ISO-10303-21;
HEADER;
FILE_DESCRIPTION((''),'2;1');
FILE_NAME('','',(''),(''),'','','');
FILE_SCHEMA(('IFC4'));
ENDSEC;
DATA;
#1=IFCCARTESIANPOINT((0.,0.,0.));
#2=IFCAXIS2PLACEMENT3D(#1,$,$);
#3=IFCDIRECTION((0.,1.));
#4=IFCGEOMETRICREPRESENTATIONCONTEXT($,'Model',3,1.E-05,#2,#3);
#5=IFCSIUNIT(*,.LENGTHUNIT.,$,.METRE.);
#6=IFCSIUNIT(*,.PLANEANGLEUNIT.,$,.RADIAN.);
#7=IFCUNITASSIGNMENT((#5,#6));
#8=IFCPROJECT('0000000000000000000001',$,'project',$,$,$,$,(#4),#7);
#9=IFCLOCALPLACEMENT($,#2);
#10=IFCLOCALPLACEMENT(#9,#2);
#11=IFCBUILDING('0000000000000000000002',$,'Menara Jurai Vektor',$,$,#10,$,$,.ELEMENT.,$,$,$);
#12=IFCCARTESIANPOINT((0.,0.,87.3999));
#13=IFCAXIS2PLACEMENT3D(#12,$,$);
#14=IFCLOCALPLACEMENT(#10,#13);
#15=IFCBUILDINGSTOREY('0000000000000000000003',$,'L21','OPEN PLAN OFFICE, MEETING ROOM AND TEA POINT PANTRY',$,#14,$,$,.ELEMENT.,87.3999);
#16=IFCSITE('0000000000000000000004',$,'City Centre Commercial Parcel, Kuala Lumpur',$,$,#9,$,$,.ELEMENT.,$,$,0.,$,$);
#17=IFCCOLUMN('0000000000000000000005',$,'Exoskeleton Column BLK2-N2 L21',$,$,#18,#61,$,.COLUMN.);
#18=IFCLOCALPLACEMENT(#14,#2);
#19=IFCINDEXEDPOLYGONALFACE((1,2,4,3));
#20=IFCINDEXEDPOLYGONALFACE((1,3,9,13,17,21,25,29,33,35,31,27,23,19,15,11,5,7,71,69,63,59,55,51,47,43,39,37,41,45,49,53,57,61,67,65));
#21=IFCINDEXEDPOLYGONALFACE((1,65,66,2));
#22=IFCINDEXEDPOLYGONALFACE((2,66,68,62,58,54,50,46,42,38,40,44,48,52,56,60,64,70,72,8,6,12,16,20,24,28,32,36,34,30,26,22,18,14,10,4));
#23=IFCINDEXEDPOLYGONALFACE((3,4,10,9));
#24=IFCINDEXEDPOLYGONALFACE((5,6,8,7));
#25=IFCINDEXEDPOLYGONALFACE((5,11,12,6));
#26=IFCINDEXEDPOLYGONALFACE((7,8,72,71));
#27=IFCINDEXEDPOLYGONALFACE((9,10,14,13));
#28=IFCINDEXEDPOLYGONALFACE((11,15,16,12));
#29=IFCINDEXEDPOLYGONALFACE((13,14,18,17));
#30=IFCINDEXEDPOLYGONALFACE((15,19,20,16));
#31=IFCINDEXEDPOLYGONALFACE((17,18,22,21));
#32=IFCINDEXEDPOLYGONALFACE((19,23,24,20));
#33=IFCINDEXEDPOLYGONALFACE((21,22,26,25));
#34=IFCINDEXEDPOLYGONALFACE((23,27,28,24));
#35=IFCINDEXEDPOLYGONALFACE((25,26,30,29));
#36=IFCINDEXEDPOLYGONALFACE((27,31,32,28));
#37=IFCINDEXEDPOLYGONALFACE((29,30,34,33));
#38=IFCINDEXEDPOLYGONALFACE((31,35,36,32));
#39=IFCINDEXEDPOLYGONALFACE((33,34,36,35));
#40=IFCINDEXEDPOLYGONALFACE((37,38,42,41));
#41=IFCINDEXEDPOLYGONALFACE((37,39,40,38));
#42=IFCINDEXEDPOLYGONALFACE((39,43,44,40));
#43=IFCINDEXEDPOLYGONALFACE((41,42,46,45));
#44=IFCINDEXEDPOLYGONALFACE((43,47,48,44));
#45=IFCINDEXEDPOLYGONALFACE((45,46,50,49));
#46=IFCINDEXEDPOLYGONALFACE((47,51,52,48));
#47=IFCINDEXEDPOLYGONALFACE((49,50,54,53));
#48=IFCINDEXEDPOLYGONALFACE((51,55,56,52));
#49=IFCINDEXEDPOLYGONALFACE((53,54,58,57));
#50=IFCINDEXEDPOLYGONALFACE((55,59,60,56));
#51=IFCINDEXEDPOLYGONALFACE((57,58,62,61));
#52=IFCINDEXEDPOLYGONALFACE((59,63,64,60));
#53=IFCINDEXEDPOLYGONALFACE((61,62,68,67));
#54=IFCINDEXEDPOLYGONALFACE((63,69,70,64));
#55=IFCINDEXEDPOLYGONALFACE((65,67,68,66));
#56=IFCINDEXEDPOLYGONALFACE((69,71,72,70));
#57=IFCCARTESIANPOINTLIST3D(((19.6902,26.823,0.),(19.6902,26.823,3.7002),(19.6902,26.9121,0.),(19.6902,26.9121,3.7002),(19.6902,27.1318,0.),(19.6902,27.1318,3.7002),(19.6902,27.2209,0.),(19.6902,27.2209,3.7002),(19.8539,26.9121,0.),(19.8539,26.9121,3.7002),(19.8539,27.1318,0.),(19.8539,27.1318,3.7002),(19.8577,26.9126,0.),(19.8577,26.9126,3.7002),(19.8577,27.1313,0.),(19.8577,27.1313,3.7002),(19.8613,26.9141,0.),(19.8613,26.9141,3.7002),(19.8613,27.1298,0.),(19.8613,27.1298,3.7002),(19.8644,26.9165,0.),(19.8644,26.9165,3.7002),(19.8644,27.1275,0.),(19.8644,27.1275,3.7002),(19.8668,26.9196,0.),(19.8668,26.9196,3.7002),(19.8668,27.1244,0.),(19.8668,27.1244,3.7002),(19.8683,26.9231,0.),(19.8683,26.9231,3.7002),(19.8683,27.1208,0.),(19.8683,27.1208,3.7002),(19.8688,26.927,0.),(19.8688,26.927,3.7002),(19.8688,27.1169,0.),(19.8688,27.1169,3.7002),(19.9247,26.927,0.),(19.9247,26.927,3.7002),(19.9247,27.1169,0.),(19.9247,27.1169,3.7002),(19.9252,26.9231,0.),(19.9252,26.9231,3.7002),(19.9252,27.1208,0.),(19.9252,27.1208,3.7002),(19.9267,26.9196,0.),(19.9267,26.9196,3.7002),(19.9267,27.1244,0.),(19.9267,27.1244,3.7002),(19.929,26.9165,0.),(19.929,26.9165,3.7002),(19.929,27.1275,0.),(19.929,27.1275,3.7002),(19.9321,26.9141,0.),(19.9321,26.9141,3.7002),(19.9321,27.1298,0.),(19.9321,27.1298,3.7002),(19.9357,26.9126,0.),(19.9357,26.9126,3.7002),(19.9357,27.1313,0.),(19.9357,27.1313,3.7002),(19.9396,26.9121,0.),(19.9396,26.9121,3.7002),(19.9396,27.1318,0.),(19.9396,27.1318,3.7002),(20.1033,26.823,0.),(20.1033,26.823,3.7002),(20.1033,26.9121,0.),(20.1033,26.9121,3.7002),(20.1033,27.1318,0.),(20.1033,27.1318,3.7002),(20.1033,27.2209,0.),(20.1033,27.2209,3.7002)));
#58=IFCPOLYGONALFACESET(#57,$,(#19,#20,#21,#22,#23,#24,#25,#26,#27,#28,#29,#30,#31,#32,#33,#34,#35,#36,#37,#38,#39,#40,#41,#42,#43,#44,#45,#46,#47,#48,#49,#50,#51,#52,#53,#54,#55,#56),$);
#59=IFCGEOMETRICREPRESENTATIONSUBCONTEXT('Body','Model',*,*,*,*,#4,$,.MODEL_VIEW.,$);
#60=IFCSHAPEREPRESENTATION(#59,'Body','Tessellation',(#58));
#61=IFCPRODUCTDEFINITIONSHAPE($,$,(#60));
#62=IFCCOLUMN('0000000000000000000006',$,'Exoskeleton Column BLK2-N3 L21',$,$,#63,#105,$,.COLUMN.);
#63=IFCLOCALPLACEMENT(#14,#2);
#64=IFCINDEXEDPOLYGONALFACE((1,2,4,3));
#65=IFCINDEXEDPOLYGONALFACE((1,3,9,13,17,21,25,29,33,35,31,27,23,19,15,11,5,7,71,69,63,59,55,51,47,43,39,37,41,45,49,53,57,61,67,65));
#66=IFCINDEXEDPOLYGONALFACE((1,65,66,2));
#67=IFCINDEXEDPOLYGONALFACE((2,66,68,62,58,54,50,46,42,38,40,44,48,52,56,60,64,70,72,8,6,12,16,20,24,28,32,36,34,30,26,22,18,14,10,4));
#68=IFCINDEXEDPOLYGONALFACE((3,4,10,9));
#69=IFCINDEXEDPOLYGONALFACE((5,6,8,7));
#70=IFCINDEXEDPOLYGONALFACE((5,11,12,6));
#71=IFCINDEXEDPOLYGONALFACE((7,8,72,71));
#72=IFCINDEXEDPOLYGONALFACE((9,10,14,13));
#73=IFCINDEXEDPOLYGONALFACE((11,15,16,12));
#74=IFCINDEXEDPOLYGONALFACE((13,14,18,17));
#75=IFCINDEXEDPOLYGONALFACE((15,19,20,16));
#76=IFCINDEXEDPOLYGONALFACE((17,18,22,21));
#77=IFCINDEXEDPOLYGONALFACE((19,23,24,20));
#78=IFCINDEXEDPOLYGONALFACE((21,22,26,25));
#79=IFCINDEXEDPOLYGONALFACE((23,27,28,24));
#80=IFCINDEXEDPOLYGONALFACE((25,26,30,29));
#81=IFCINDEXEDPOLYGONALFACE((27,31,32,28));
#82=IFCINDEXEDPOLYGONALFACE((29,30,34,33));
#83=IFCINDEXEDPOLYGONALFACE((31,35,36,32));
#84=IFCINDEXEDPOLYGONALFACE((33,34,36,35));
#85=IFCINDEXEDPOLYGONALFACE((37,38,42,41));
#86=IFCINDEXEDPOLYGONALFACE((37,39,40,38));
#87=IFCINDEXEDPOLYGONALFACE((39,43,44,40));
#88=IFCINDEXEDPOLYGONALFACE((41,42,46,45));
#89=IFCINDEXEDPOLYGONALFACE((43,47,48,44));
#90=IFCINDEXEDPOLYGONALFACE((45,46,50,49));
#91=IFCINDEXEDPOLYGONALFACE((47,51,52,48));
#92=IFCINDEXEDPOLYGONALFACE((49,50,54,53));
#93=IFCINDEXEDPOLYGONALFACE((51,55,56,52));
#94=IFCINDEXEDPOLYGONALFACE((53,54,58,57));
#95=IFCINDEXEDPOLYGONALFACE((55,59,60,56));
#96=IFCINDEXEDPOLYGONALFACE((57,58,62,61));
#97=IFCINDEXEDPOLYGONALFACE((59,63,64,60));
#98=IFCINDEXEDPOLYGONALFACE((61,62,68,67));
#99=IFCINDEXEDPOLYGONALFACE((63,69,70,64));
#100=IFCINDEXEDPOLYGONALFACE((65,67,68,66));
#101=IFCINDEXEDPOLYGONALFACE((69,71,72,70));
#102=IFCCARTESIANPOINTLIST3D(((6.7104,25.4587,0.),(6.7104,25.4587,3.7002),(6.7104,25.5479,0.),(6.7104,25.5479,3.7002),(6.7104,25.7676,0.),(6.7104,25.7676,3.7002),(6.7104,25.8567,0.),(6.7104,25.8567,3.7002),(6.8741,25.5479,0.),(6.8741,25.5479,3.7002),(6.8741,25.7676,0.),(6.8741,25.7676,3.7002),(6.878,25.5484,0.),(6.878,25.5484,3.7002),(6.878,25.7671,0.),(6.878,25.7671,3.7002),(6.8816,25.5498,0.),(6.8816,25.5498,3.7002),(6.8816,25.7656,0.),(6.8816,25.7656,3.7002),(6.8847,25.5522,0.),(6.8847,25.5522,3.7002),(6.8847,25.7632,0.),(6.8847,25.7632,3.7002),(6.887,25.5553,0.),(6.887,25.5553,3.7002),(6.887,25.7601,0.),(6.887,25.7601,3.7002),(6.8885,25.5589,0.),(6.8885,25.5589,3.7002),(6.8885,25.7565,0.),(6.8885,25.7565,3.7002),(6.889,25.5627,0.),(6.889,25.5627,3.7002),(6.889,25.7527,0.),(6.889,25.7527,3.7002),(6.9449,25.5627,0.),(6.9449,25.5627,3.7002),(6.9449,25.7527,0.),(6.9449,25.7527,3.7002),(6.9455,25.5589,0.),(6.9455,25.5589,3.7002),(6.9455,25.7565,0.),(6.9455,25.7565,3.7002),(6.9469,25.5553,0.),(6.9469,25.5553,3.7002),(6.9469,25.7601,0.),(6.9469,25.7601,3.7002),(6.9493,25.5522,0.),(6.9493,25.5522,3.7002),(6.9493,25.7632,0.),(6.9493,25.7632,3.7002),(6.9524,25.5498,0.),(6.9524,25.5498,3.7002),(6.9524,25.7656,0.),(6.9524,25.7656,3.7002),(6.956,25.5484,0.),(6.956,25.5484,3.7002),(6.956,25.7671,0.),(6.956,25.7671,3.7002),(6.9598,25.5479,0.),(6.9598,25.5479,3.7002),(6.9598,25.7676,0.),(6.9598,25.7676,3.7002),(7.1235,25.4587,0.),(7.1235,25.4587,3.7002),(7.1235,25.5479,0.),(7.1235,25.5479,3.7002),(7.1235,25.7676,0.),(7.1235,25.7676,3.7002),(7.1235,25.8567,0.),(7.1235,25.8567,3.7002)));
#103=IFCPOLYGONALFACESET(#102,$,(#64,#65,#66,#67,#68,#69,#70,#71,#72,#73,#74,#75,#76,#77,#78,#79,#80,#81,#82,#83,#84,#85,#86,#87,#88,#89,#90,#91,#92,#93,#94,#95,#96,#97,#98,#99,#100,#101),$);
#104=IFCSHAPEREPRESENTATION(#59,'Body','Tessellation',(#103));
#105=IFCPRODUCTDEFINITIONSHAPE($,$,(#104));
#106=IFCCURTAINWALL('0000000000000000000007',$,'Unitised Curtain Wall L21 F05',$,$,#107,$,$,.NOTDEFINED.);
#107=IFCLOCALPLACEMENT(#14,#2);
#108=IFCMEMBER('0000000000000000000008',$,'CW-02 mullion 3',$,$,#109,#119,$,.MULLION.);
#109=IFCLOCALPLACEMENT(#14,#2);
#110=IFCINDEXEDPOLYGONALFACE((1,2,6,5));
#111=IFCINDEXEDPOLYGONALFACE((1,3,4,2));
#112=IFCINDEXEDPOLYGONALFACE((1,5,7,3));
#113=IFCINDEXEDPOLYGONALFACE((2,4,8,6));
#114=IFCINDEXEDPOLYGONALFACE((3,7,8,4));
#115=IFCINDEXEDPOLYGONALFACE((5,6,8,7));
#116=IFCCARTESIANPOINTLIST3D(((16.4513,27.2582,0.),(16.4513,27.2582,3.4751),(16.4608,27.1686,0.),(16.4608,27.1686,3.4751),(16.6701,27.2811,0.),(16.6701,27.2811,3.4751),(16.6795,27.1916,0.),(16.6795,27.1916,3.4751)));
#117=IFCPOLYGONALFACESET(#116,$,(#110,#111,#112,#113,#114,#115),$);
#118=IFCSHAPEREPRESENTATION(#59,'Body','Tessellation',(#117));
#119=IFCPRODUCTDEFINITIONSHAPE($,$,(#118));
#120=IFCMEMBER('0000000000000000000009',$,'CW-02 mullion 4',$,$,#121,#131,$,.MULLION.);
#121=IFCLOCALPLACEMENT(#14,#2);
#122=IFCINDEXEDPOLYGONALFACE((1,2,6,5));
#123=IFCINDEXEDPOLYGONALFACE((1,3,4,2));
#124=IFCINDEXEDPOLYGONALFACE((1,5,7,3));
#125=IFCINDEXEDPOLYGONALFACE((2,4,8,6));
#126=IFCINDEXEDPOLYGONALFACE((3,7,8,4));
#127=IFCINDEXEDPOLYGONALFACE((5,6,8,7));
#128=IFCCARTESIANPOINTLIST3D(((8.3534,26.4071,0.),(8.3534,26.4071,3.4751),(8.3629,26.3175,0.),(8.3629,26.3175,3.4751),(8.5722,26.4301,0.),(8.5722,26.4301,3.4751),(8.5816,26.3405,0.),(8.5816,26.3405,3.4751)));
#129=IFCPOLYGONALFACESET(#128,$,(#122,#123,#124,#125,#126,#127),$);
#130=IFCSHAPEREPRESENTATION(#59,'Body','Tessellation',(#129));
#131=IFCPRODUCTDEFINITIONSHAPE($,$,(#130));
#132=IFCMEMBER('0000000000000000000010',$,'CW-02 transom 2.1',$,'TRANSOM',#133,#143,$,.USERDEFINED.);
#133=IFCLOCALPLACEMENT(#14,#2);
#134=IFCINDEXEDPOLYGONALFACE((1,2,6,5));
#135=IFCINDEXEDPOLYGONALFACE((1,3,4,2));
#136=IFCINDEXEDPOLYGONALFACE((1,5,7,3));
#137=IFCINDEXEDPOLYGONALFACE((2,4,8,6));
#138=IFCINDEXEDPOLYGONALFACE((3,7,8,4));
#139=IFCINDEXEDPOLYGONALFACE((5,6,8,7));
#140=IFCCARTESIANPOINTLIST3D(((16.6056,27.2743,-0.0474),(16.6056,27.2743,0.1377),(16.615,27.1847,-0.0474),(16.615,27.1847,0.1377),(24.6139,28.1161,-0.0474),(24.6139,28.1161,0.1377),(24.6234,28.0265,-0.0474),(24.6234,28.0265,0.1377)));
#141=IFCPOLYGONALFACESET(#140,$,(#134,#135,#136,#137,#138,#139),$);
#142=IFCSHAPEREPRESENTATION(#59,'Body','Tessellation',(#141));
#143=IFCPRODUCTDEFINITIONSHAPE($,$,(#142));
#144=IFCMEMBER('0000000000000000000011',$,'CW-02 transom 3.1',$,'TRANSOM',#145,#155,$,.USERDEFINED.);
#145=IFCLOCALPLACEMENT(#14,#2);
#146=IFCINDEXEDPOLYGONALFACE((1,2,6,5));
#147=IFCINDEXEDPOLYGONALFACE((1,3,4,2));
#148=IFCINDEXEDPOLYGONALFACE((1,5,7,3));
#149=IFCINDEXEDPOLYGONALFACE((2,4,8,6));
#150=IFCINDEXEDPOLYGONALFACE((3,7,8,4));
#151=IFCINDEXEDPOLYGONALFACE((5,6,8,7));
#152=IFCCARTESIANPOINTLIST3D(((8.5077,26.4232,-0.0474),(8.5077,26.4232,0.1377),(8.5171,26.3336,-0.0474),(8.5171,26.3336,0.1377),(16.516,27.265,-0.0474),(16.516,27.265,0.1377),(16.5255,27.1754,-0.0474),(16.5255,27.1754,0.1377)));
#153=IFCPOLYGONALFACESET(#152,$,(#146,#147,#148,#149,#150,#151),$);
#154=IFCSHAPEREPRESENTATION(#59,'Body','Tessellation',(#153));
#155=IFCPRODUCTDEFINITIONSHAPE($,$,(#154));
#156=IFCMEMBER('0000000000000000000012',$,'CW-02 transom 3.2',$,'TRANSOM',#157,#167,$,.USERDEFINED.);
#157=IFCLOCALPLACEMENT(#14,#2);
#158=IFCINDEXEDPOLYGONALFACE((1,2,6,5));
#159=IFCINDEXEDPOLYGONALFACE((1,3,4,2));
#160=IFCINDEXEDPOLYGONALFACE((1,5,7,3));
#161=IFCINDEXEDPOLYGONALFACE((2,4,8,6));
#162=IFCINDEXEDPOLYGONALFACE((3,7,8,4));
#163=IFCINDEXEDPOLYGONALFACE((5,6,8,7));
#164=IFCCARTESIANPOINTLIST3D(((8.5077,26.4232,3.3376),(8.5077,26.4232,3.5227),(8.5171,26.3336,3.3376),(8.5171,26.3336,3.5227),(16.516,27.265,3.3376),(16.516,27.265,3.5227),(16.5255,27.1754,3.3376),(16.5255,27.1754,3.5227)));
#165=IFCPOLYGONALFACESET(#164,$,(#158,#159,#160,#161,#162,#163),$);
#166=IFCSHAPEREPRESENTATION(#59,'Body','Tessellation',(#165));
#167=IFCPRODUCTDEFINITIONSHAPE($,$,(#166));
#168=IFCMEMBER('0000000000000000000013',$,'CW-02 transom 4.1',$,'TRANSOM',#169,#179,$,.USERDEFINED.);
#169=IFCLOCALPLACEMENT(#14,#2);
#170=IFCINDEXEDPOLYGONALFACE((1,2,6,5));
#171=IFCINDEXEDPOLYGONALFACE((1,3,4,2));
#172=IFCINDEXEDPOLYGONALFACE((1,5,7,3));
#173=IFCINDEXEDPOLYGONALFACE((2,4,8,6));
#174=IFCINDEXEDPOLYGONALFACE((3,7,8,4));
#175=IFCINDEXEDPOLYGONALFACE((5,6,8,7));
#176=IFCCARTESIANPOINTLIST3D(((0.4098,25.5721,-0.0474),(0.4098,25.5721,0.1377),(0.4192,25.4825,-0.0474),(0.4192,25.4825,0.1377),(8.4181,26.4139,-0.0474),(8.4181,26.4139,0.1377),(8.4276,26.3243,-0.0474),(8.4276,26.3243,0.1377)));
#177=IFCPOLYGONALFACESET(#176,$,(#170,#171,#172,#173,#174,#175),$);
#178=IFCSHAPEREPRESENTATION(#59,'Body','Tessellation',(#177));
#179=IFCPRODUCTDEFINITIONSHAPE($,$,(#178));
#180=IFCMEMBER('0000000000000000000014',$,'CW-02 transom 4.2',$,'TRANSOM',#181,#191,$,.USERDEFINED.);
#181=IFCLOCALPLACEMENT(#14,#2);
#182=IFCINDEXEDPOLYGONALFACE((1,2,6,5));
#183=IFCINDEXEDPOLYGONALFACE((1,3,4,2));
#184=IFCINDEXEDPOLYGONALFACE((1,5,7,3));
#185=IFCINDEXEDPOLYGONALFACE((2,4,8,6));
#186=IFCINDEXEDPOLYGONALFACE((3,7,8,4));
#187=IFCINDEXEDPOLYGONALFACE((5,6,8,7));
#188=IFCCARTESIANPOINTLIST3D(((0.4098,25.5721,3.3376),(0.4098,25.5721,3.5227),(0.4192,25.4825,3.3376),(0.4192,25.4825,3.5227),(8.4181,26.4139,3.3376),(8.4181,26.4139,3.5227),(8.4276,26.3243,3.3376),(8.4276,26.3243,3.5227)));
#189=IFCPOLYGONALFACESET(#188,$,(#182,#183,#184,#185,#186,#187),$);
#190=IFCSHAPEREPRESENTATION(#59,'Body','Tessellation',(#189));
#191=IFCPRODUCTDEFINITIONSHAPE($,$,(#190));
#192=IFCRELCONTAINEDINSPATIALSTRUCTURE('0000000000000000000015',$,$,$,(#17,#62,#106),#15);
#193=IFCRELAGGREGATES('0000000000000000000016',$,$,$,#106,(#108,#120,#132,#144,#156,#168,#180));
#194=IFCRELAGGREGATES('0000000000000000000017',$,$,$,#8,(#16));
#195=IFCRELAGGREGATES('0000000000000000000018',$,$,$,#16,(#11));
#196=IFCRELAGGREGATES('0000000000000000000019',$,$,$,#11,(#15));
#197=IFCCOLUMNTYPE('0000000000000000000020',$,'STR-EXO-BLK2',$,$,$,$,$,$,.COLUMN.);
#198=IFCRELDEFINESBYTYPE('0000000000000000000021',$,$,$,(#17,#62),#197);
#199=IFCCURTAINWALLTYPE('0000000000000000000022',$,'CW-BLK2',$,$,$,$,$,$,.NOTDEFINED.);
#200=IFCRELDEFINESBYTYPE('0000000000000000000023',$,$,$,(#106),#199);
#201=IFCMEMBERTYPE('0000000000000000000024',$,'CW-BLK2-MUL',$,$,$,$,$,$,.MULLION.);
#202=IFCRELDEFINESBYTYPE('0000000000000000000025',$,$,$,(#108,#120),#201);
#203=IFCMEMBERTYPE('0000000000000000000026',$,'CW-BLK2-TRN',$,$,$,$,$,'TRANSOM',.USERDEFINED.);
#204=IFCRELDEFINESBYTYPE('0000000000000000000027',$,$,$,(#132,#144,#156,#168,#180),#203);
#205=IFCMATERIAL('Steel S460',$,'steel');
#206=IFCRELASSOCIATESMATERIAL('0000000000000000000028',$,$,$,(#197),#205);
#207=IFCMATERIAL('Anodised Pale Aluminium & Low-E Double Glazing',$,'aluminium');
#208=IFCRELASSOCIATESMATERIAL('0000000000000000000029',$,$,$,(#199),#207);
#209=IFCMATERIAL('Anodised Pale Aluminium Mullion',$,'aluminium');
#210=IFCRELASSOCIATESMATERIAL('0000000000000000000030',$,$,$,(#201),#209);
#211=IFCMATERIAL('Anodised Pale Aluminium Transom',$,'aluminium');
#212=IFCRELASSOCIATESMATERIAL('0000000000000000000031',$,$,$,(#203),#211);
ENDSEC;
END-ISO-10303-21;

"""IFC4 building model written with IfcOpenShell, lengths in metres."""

from ifc_helpers import new_model, si_unit, direction, frame, origin, origin_2d, place, context, subcontext, project, spatial, rectangle, i_section, extrude, material, material_profile, profile_set, type_object, element, aggregate, save


model = new_model("IFC4")

# Units and contexts
model_context = context("Model", 3, precision=1e-05, world=origin(), true_north=direction((0.0, 1.0)))
body_context = subcontext(model_context, "Body", "Model", "MODEL_VIEW")
ifc_project = project(units=[si_unit("LENGTHUNIT", "METRE"), si_unit("PLANEANGLEUNIT", "RADIAN")], contexts=[model_context])

# Site, building, storey
site_placement = place(None, origin())
site = spatial("IfcSite", under=ifc_project, at=site_placement, Name="City Centre Commercial Parcel, Kuala Lumpur", CompositionType="ELEMENT", RefElevation=0.0)
building_placement = place(site_placement, origin())
building = spatial("IfcBuilding", under=site, at=building_placement, Name="Menara Jurai Vektor", CompositionType="ELEMENT")
storey_placement = place(building_placement, frame((0.0, 0.0, 87.3999)))
storey = spatial("IfcBuildingStorey", under=building, at=storey_placement, Name="L21", Description="OPEN PLAN OFFICE, MEETING ROOM AND TEA POINT PANTRY", CompositionType="ELEMENT", Elevation=87.3999)

# Columns
ifc_material_1 = material(Name="Steel S460", Category="steel")
ifc_material_profile_1 = material_profile(ifc_material_1, i_section(OverallWidth=0.4131, OverallDepth=0.3979, WebThickness=0.0559, FlangeThickness=0.0891, FilletRadius=0.0149, at=origin_2d()), Name="HD 400x744")
ifc_profile_set_1 = profile_set([ifc_material_profile_1], Name="Steel S460")
column_type = type_object("IfcColumnType", Name="STR-EXO-BLK2", PredefinedType="COLUMN", material=ifc_profile_set_1)
for number, where, z_axis, x_axis, name in (
    (1, (19.8967, 27.022, 0.0), (0.0, 0.0, 1.0), (1.0, 0.0, 0.0), "Exoskeleton Column BLK2-N2 L21"),
    (2, (6.917, 25.6577, 0.0), (0.0, 0.0, 1.0), (1.0, 0.0, 0.0), "Exoskeleton Column BLK2-N3 L21"),
):
    element("IfcColumn", number, at=place(storey_placement, frame(where, z_axis=z_axis, x_axis=x_axis)), inside=storey, type_object=column_type, Name=name, PredefinedType="COLUMN", context=body_context, shape_type="SweptSolid", body=[
        extrude(i_section(OverallWidth=0.4131, OverallDepth=0.3979, WebThickness=0.0559, FlangeThickness=0.0891, FilletRadius=0.0149, at=origin_2d()), origin(), (0.0, 0.0, 1.0), 3.7002),
    ])

# Curtain wall, members
ifc_material_2 = material(Name="Anodised Pale Aluminium & Low-E Double Glazing", Category="aluminium")
curtain_wall_type = type_object("IfcCurtainWallType", Name="CW-BLK2", PredefinedType="NOTDEFINED", material=ifc_material_2)
curtain_wall_placement = place(storey_placement, origin())
curtain_wall = element("IfcCurtainWall", 3, at=curtain_wall_placement, inside=storey, type_object=curtain_wall_type, Name="Unitised Curtain Wall L21 F05", PredefinedType="NOTDEFINED")
ifc_material_3 = material(Name="Anodised Pale Aluminium Mullion", Category="aluminium")
ifc_material_profile_2 = material_profile(ifc_material_3, rectangle(XDim=0.0901, YDim=0.22, at=origin_2d()), Name="ALU MUL 90x220")
ifc_profile_set_2 = profile_set([ifc_material_profile_2], Name="Anodised Pale Aluminium Mullion")
member_type_1 = type_object("IfcMemberType", Name="CW-BLK2-MUL", PredefinedType="MULLION", material=ifc_profile_set_2)
member_1_placement = place(storey_placement, frame((16.5654, 27.2249, 0.0), z_axis=(0.0, 0.0, 1.0), x_axis=(0.104529, -0.994522, 0.0)))
member_1 = element("IfcMember", 4, at=member_1_placement, type_object=member_type_1, Name="CW-02 mullion 3", PredefinedType="MULLION", context=body_context, shape_type="SweptSolid", body=[
    extrude(rectangle(XDim=0.0901, YDim=0.22, at=origin_2d()), origin(), (0.0, 0.0, 1.0), 3.4751),
])
member_2_placement = place(storey_placement, frame((8.4675, 26.3738, 0.0), z_axis=(0.0, 0.0, 1.0), x_axis=(0.104529, -0.994522, 0.0)))
member_2 = element("IfcMember", 5, at=member_2_placement, type_object=member_type_1, Name="CW-02 mullion 4", PredefinedType="MULLION", context=body_context, shape_type="SweptSolid", body=[
    extrude(rectangle(XDim=0.0901, YDim=0.22, at=origin_2d()), origin(), (0.0, 0.0, 1.0), 3.4751),
])
ifc_material_4 = material(Name="Anodised Pale Aluminium Transom", Category="aluminium")
ifc_material_profile_3 = material_profile(ifc_material_4, rectangle(XDim=0.0901, YDim=0.1851, at=origin_2d()), Name="ALU TRN 90x185")
ifc_profile_set_3 = profile_set([ifc_material_profile_3], Name="Anodised Pale Aluminium Transom")
member_type_2 = type_object("IfcMemberType", Name="CW-BLK2-TRN", ElementType="TRANSOM", PredefinedType="USERDEFINED", material=ifc_profile_set_3)
member_3_placement = place(storey_placement, frame((24.6187, 28.0713, 0.0452), z_axis=(-0.994521, -0.10454, 0.0), x_axis=(0.10454, -0.994521, 0.0)))
member_3 = element("IfcMember", 6, at=member_3_placement, type_object=member_type_2, Name="CW-02 transom 2.1", ObjectType="TRANSOM", PredefinedType="USERDEFINED", context=body_context, shape_type="SweptSolid", body=[
    extrude(rectangle(XDim=0.0901, YDim=0.1851, at=origin_2d()), origin(), (0.0, 0.0, 1.0), 8.0525),
])
member_4_placement = place(storey_placement, frame((16.5208, 27.2202, 0.0452), z_axis=(-0.994521, -0.10454, 0.0), x_axis=(0.10454, -0.994521, 0.0)))
member_4 = element("IfcMember", 7, at=member_4_placement, type_object=member_type_2, Name="CW-02 transom 3.1", ObjectType="TRANSOM", PredefinedType="USERDEFINED", context=body_context, shape_type="SweptSolid", body=[
    extrude(rectangle(XDim=0.0901, YDim=0.1851, at=origin_2d()), origin(), (0.0, 0.0, 1.0), 8.0525),
])
member_5_placement = place(storey_placement, frame((16.5208, 27.2202, 3.4302), z_axis=(-0.994521, -0.10454, 0.0), x_axis=(0.10454, -0.994521, 0.0)))
member_5 = element("IfcMember", 8, at=member_5_placement, type_object=member_type_2, Name="CW-02 transom 3.2", ObjectType="TRANSOM", PredefinedType="USERDEFINED", context=body_context, shape_type="SweptSolid", body=[
    extrude(rectangle(XDim=0.0901, YDim=0.1851, at=origin_2d()), origin(), (0.0, 0.0, 1.0), 8.0525),
])
member_6_placement = place(storey_placement, frame((8.4229, 26.3691, 0.0452), z_axis=(-0.994521, -0.10454, 0.0), x_axis=(0.10454, -0.994521, 0.0)))
member_6 = element("IfcMember", 9, at=member_6_placement, type_object=member_type_2, Name="CW-02 transom 4.1", ObjectType="TRANSOM", PredefinedType="USERDEFINED", context=body_context, shape_type="SweptSolid", body=[
    extrude(rectangle(XDim=0.0901, YDim=0.1851, at=origin_2d()), origin(), (0.0, 0.0, 1.0), 8.0525),
])
member_7_placement = place(storey_placement, frame((8.4229, 26.3691, 3.4302), z_axis=(-0.994521, -0.10454, 0.0), x_axis=(0.10454, -0.994521, 0.0)))
member_7 = element("IfcMember", 10, at=member_7_placement, type_object=member_type_2, Name="CW-02 transom 4.2", ObjectType="TRANSOM", PredefinedType="USERDEFINED", context=body_context, shape_type="SweptSolid", body=[
    extrude(rectangle(XDim=0.0901, YDim=0.1851, at=origin_2d()), origin(), (0.0, 0.0, 1.0), 8.0525),
])

aggregate(curtain_wall, [member_1, member_2, member_3, member_4, member_5, member_6, member_7])

save(model, "model.ifc")
